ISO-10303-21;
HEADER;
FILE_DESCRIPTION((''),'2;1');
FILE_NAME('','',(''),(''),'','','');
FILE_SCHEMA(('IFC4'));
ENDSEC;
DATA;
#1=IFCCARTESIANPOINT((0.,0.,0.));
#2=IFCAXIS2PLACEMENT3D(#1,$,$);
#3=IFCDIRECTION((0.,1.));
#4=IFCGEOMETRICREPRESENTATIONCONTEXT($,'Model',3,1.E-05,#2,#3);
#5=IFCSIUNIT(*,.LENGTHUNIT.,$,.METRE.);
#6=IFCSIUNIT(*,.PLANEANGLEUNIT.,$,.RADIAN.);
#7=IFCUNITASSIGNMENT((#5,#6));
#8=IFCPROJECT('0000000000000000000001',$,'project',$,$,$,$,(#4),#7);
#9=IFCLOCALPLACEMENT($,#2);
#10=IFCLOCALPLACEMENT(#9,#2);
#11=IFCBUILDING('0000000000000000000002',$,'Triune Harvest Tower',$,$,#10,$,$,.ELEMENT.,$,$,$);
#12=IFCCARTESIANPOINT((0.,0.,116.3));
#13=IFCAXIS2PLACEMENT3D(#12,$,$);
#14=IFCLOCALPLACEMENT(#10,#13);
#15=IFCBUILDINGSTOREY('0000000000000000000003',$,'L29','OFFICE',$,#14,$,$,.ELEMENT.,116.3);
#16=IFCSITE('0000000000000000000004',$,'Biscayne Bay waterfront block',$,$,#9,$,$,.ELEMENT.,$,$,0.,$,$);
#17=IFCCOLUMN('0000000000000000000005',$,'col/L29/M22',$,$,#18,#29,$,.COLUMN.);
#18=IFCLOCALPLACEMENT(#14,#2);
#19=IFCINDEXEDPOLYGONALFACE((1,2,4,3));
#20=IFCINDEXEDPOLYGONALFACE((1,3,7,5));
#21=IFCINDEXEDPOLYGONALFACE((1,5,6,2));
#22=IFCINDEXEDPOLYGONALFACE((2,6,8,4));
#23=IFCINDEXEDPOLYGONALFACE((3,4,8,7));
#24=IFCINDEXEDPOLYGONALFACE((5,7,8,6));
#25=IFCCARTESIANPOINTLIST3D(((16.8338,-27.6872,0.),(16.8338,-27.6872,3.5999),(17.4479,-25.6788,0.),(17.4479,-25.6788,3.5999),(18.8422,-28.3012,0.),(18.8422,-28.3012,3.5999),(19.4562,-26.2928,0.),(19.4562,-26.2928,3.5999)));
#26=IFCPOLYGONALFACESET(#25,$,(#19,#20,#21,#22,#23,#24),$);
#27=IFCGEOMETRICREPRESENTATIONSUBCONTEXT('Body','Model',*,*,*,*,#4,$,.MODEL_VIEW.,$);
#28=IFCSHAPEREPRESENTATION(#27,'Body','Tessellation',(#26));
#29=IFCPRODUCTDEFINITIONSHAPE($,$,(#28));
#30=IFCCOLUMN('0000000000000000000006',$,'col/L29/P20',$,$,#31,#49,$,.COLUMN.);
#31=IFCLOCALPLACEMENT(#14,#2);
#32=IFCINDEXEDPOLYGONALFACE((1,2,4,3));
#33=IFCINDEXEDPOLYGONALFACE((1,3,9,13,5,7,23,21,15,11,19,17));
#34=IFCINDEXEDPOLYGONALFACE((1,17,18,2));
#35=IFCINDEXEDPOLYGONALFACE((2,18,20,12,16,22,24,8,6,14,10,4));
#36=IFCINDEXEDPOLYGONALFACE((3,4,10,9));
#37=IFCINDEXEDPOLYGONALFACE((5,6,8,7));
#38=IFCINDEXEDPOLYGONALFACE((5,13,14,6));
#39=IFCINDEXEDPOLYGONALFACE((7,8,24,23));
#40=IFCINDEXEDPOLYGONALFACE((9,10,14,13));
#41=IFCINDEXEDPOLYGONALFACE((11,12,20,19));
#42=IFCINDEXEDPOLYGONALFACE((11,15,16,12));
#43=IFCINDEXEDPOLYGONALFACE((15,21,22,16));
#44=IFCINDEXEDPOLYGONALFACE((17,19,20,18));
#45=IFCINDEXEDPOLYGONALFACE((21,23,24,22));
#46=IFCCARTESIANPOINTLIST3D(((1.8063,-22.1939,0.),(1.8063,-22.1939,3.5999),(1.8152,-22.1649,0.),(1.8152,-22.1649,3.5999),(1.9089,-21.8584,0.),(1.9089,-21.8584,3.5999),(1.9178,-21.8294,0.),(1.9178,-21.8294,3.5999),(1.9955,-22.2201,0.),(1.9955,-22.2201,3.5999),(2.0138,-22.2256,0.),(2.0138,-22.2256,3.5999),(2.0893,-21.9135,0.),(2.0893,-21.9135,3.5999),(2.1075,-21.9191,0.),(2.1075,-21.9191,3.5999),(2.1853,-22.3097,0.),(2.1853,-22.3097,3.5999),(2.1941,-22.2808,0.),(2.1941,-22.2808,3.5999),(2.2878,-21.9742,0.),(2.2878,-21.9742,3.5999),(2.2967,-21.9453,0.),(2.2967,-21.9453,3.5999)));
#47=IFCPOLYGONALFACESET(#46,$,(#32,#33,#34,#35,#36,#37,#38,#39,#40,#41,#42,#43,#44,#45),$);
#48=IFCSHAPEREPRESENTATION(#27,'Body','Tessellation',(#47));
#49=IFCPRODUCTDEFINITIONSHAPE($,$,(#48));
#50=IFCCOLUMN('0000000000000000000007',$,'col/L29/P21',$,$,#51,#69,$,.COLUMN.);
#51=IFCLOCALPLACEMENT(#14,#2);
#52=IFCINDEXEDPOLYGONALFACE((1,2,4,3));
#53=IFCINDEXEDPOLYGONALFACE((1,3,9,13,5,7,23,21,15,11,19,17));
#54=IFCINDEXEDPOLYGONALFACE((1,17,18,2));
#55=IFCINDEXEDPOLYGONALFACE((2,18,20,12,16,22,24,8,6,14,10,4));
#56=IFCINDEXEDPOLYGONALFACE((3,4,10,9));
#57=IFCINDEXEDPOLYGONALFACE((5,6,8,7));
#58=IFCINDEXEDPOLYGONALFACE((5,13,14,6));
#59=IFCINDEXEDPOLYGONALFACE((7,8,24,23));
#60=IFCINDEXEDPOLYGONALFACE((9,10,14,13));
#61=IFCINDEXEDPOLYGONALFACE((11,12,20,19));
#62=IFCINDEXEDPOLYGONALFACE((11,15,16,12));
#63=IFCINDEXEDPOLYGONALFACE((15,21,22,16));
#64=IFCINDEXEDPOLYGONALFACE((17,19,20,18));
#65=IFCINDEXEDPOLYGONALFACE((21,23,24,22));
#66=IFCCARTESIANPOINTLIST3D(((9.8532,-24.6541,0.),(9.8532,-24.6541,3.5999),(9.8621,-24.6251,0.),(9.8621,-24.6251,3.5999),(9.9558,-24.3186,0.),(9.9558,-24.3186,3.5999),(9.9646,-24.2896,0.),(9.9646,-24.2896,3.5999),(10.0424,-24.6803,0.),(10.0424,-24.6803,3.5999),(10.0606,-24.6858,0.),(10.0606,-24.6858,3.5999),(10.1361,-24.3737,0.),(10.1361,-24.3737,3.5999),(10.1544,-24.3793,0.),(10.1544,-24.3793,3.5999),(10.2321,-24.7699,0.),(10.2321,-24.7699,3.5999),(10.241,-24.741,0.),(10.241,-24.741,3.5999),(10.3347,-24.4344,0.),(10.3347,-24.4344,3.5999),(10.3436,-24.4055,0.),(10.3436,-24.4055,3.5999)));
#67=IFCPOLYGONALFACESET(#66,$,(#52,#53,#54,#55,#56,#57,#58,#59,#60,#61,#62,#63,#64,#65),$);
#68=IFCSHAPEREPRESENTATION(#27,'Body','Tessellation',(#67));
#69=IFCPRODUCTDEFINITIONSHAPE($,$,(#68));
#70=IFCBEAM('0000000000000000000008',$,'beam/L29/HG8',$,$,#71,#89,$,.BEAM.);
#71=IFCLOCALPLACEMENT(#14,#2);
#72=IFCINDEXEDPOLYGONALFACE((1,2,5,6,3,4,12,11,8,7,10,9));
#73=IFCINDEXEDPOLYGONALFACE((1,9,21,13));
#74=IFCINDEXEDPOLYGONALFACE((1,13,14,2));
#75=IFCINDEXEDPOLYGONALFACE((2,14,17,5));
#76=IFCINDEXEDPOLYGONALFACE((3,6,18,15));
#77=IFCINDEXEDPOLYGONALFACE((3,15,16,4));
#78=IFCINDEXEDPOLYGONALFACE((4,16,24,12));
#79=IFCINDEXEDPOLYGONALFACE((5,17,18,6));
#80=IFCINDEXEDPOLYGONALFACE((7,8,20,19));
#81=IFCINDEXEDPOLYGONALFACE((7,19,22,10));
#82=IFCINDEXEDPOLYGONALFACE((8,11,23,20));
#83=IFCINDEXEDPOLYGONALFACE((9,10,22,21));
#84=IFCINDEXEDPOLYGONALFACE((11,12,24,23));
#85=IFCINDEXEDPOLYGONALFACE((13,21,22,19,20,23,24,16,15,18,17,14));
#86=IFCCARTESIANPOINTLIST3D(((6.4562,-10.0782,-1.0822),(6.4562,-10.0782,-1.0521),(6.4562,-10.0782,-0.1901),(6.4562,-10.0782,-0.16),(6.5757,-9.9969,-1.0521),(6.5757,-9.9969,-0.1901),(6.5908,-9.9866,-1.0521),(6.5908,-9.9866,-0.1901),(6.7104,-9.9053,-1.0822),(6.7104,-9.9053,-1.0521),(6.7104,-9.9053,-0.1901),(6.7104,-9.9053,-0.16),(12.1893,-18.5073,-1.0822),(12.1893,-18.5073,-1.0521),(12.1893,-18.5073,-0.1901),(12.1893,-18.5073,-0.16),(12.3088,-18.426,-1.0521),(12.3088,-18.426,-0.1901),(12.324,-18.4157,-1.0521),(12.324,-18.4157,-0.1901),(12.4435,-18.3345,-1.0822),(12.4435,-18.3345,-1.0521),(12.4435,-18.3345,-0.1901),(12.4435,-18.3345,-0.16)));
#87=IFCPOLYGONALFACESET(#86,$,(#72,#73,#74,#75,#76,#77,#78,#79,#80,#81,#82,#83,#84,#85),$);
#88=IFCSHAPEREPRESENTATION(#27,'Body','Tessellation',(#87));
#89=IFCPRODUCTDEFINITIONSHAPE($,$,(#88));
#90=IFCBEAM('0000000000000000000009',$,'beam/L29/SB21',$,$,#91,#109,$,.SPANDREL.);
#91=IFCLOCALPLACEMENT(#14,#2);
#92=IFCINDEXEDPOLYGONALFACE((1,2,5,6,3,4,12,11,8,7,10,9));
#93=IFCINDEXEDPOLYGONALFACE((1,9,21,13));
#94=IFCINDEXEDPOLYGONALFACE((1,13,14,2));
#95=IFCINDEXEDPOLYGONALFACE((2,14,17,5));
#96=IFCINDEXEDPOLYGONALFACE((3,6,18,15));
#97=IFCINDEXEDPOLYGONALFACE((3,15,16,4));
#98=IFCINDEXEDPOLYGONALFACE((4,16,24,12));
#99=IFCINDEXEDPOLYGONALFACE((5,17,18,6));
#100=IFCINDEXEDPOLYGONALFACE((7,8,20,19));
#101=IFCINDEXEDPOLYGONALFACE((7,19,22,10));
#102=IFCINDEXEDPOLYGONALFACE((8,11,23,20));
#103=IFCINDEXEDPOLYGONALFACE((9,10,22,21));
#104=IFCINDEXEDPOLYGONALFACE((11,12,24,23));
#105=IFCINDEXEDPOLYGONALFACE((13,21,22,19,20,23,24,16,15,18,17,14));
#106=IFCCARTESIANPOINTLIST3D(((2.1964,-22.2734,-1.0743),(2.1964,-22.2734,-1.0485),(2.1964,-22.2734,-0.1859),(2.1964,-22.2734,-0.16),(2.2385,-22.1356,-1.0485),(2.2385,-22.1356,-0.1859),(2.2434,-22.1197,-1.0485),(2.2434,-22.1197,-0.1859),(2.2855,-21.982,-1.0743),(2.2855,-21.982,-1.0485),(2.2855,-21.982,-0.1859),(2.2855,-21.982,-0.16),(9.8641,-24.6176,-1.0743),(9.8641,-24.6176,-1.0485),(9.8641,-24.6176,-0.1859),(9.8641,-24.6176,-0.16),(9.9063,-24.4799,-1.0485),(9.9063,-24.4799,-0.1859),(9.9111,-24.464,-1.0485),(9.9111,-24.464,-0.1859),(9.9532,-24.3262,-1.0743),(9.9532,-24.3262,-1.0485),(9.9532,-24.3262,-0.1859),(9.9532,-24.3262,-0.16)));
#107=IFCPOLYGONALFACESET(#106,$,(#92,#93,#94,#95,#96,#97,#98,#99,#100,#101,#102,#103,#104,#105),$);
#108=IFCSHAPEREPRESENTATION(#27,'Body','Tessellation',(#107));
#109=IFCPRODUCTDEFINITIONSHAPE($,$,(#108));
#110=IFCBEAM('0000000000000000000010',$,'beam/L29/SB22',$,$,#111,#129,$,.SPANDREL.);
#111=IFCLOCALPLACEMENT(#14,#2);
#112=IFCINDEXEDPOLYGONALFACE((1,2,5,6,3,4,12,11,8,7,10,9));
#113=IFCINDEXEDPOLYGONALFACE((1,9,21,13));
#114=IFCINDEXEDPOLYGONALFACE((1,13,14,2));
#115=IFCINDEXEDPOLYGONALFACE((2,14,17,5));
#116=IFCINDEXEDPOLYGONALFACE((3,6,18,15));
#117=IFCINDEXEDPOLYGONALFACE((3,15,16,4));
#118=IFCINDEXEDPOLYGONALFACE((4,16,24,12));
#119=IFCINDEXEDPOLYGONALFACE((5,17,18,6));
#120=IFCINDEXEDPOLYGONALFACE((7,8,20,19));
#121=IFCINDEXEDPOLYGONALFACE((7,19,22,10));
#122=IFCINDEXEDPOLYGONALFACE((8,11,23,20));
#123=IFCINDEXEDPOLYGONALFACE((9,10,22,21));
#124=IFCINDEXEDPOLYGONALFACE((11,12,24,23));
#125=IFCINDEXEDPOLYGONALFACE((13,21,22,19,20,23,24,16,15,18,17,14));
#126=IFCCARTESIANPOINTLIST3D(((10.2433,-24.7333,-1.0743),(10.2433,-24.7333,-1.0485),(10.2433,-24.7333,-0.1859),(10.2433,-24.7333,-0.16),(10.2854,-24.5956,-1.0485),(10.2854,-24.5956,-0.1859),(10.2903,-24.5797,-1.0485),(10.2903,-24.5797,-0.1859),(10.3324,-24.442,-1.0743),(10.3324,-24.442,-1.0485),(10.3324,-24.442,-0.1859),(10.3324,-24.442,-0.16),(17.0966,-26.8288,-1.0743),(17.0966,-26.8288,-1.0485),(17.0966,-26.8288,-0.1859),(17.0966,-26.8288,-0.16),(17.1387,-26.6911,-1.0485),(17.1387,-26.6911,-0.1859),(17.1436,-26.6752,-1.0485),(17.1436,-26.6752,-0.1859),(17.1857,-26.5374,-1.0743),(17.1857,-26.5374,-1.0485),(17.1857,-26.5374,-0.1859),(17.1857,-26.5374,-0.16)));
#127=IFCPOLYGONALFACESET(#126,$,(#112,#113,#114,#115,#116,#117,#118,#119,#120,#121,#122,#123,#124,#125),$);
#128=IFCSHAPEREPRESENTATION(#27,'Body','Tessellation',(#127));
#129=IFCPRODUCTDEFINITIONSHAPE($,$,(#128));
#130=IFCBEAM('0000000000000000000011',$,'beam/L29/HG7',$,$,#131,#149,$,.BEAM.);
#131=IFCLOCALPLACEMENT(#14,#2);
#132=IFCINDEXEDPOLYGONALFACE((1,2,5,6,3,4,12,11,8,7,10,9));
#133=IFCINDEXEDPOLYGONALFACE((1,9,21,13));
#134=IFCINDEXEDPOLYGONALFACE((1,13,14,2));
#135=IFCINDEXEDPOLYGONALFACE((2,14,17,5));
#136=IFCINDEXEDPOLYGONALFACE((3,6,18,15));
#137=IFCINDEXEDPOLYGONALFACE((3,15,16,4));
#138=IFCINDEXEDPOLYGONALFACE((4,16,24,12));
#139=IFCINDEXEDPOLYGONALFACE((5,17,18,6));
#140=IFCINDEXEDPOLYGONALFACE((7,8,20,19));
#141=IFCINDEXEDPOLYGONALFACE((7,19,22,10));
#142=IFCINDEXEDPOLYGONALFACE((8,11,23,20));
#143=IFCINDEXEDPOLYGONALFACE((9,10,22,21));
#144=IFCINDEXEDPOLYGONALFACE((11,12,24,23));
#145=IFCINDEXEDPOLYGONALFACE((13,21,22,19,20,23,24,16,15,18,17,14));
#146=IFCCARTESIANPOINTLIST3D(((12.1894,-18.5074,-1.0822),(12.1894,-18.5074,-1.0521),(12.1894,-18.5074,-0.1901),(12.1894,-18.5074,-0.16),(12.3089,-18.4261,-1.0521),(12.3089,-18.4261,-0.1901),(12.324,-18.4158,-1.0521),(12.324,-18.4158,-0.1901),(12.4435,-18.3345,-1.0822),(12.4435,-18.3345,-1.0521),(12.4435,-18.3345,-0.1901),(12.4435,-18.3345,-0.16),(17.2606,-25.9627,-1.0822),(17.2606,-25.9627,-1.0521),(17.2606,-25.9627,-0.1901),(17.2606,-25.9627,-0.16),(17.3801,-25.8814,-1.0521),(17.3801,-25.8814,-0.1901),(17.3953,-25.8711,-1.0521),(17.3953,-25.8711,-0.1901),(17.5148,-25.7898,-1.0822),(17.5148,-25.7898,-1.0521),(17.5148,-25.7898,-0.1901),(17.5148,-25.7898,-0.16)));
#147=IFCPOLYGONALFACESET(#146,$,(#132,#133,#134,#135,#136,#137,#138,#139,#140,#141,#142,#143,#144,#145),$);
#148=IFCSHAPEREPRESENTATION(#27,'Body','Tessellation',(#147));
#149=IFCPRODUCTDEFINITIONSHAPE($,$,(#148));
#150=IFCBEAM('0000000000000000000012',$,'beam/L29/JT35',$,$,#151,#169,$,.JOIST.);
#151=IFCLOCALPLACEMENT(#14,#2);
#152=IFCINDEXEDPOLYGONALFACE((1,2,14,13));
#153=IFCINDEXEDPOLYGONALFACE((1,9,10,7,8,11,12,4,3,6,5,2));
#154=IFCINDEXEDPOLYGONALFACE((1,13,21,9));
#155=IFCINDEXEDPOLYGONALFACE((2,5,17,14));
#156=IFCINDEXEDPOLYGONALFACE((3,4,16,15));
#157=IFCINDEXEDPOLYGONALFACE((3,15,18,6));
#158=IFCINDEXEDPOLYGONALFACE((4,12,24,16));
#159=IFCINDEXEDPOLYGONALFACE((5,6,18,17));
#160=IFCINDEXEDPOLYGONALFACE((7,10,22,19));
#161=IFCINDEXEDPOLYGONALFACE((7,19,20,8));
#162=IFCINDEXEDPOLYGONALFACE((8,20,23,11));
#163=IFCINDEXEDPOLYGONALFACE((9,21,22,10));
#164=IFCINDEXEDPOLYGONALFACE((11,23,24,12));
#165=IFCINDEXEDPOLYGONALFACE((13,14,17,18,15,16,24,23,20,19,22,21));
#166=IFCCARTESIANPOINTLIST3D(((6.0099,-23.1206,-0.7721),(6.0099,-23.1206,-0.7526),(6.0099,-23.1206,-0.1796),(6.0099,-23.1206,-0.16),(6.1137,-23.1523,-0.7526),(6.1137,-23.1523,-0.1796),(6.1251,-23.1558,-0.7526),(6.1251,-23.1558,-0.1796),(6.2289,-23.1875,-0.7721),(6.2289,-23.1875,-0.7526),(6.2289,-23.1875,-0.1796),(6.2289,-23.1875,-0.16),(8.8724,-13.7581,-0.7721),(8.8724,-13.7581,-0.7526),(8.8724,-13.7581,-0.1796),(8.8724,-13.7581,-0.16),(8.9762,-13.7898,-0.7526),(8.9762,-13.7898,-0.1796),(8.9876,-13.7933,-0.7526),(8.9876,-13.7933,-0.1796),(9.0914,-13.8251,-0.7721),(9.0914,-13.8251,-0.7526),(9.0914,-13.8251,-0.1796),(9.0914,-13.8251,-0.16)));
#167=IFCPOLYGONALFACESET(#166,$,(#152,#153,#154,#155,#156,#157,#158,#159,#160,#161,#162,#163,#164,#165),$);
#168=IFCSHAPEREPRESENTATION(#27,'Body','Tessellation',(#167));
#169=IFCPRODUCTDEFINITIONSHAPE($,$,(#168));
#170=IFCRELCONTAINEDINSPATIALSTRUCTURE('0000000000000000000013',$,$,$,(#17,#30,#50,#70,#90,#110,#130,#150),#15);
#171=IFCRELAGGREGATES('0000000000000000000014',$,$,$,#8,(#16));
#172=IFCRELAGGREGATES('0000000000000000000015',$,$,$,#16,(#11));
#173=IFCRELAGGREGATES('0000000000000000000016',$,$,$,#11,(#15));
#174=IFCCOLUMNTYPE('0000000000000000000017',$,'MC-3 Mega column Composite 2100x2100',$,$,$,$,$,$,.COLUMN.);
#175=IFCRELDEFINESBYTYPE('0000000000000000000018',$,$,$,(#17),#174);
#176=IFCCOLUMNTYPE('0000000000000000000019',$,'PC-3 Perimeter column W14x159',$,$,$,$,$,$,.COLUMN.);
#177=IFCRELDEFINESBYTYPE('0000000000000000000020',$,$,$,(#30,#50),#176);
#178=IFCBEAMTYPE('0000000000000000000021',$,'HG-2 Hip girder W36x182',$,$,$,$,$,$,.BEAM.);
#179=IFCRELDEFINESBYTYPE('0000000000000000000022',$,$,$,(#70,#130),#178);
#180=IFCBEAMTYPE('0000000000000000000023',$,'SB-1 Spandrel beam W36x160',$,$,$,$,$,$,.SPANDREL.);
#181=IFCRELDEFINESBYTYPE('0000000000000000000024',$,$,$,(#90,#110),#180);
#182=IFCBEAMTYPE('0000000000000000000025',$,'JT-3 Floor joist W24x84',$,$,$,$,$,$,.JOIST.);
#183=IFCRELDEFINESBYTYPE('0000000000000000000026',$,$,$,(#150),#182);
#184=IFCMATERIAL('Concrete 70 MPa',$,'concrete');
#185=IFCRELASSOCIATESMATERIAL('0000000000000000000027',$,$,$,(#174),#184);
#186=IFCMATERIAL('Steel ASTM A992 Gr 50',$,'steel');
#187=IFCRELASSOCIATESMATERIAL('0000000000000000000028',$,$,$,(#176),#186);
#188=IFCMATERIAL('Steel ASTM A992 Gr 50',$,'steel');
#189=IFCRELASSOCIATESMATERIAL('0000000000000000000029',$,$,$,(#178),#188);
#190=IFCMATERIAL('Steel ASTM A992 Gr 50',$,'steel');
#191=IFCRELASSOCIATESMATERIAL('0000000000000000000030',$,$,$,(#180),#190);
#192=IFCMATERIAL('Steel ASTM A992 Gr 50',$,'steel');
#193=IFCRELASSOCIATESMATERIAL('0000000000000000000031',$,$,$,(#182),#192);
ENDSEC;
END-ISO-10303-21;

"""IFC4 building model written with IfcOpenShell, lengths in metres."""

from ifc_helpers import new_model, si_unit, direction, frame, origin, origin_2d, place, context, subcontext, project, spatial, rectangle, i_section, extrude, source, transform, mapped, material, material_profile, profile_set, type_object, element, save


model = new_model("IFC4")

# Units and contexts
model_context = context("Model", 3, precision=1e-05, world=origin(), true_north=direction((0.0, 1.0)))
body_context = subcontext(model_context, "Body", "Model", "MODEL_VIEW")
ifc_project = project(units=[si_unit("LENGTHUNIT", "METRE"), si_unit("PLANEANGLEUNIT", "RADIAN")], contexts=[model_context])

# Site, building, storey
site_placement = place(None, origin())
site = spatial("IfcSite", under=ifc_project, at=site_placement, Name="Biscayne Bay waterfront block", CompositionType="ELEMENT", RefElevation=0.0)
building_placement = place(site_placement, origin())
building = spatial("IfcBuilding", under=site, at=building_placement, Name="Triune Harvest Tower", CompositionType="ELEMENT")
storey_placement = place(building_placement, frame((0.0, 0.0, 116.3)))
storey = spatial("IfcBuildingStorey", under=building, at=storey_placement, Name="L29", Description="OFFICE", CompositionType="ELEMENT", Elevation=116.3)

# Columns
ifc_material_1 = material(Name="Concrete 70 MPa", Category="concrete")
ifc_material_profile_1 = material_profile(ifc_material_1, rectangle(XDim=2.1001, YDim=2.1001, at=origin_2d()), Name="Composite 2100x2100")
ifc_profile_set_1 = profile_set([ifc_material_profile_1], Name="Concrete 70 MPa")
column_type_1 = type_object("IfcColumnType", Name="MC-3 Mega column Composite 2100x2100", PredefinedType="COLUMN", material=ifc_profile_set_1)
shared_shape_1 = source(origin(), body_context, "Body", "SweptSolid", [
    extrude(rectangle(XDim=2.1001, YDim=2.1001, at=origin_2d()), origin(), (0.0, 0.0, 1.0), 3.5999),
])
column_placement = place(storey_placement, frame((18.145, -26.99, 0.0), z_axis=(0.0, 0.0, 1.0), x_axis=(0.956305, -0.292372, 0.0)))
element("IfcColumn", 1, at=column_placement, inside=storey, type_object=column_type_1, Name="col/L29/M22", PredefinedType="COLUMN", context=body_context, shape_type="MappedRepresentation", body=[
    mapped(shared_shape_1, transform((0.0, 0.0, 0.0), scale=1.0)),
])
ifc_material_2 = material(Name="Steel ASTM A992 Gr 50", Category="steel")
ifc_material_profile_2 = material_profile(ifc_material_2, i_section(OverallWidth=0.3962, OverallDepth=0.3811, WebThickness=0.019, FlangeThickness=0.0303, at=origin_2d()), Name="W14x159")
ifc_profile_set_2 = profile_set([ifc_material_profile_2], Name="Steel ASTM A992 Gr 50")
column_type_2 = type_object("IfcColumnType", Name="PC-3 Perimeter column W14x159", PredefinedType="COLUMN", material=ifc_profile_set_2)
shared_shape_2 = source(origin(), body_context, "Body", "SweptSolid", [
    extrude(i_section(OverallWidth=0.3962, OverallDepth=0.3811, WebThickness=0.019, FlangeThickness=0.0303, at=origin_2d()), origin(), (0.0, 0.0, 1.0), 3.5999),
])
for number, where, z_axis, x_axis, name in (
    (2, (2.0515, -22.0696, 0.0), (0.0, 0.0, 1.0), (0.956305, -0.292372, 0.0), "col/L29/P20"),
    (3, (10.0984, -24.5298, 0.0), (0.0, 0.0, 1.0), (0.956305, -0.292372, 0.0), "col/L29/P21"),
):
    element("IfcColumn", number, at=place(storey_placement, frame(where, z_axis=z_axis, x_axis=x_axis)), inside=storey, type_object=column_type_2, Name=name, PredefinedType="COLUMN", context=body_context, shape_type="MappedRepresentation", body=[
        mapped(shared_shape_2, transform((0.0, 0.0, 0.0), scale=1.0)),
    ])

# Beams
ifc_material_3 = material(Name="Steel ASTM A992 Gr 50", Category="steel")
ifc_material_profile_3 = material_profile(ifc_material_3, i_section(OverallWidth=0.3074, OverallDepth=0.9221, WebThickness=0.0183, FlangeThickness=0.03, at=origin_2d()), Name="W36x182")
ifc_profile_set_3 = profile_set([ifc_material_profile_3], Name="Steel ASTM A992 Gr 50")
beam_type_1 = type_object("IfcBeamType", Name="HG-2 Hip girder W36x182", PredefinedType="BEAM", material=ifc_profile_set_3)
shared_shape_3 = source(origin(), body_context, "Body", "SweptSolid", [
    extrude(i_section(OverallWidth=0.3074, OverallDepth=0.9221, WebThickness=0.0183, FlangeThickness=0.03, at=origin_2d()), origin(), (0.0, 0.0, 1.0), 10.1941),
])
beam_1_placement = place(storey_placement, frame((12.3164, -18.4209, -0.6211), z_axis=(-0.562397, 0.826867, 0.0), x_axis=(-0.826867, -0.562397, 0.0)))
element("IfcBeam", 4, at=beam_1_placement, inside=storey, type_object=beam_type_1, Name="beam/L29/HG8", PredefinedType="BEAM", context=body_context, shape_type="MappedRepresentation", body=[
    mapped(shared_shape_3, transform((0.0, 0.0, 0.0), scale=1.0)),
])
ifc_material_4 = material(Name="Steel ASTM A992 Gr 50", Category="steel")
ifc_material_profile_4 = material_profile(ifc_material_4, i_section(OverallWidth=0.3047, OverallDepth=0.9143, WebThickness=0.0166, FlangeThickness=0.0259, at=origin_2d()), Name="W36x160")
ifc_profile_set_4 = profile_set([ifc_material_profile_4], Name="Steel ASTM A992 Gr 50")
beam_type_2 = type_object("IfcBeamType", Name="SB-1 Spandrel beam W36x160", PredefinedType="SPANDREL", material=ifc_profile_set_4)
shared_shape_4 = source(origin(), body_context, "Body", "SweptSolid", [
    extrude(i_section(OverallWidth=0.3047, OverallDepth=0.9143, WebThickness=0.0166, FlangeThickness=0.0259, at=origin_2d()), origin(), (0.0, 0.0, 1.0), 8.0181),
])
beam_2_placement = place(storey_placement, frame((2.241, -22.1277, -0.6172), z_axis=(0.956305, -0.292369, 0.0), x_axis=(0.292369, 0.956305, 0.0)))
element("IfcBeam", 5, at=beam_2_placement, inside=storey, type_object=beam_type_2, Name="beam/L29/SB21", PredefinedType="SPANDREL", context=body_context, shape_type="MappedRepresentation", body=[
    mapped(shared_shape_4, transform((0.0, 0.0, 0.0), scale=1.0)),
])
shared_shape_5 = source(origin(), body_context, "Body", "SweptSolid", [
    extrude(i_section(OverallWidth=0.3047, OverallDepth=0.9143, WebThickness=0.0166, FlangeThickness=0.0259, at=origin_2d()), origin(), (0.0, 0.0, 1.0), 7.1665),
])
beam_3_placement = place(storey_placement, frame((10.2878, -24.5876, -0.6172), z_axis=(0.956297, -0.292398, 0.0), x_axis=(0.292398, 0.956297, 0.0)))
element("IfcBeam", 6, at=beam_3_placement, inside=storey, type_object=beam_type_2, Name="beam/L29/SB22", PredefinedType="SPANDREL", context=body_context, shape_type="MappedRepresentation", body=[
    mapped(shared_shape_5, transform((0.0, 0.0, 0.0), scale=1.0)),
])
shared_shape_6 = source(origin(), body_context, "Body", "SweptSolid", [
    extrude(i_section(OverallWidth=0.3074, OverallDepth=0.9221, WebThickness=0.0183, FlangeThickness=0.03, at=origin_2d()), origin(), (0.0, 0.0, 1.0), 9.0166),
])
beam_4_placement = place(storey_placement, frame((17.3877, -25.8762, -0.6211), z_axis=(-0.562437, 0.82684, 0.0), x_axis=(-0.82684, -0.562437, 0.0)))
element("IfcBeam", 7, at=beam_4_placement, inside=storey, type_object=beam_type_1, Name="beam/L29/HG7", PredefinedType="BEAM", context=body_context, shape_type="MappedRepresentation", body=[
    mapped(shared_shape_6, transform((0.0, 0.0, 0.0), scale=1.0)),
])
ifc_material_5 = material(Name="Steel ASTM A992 Gr 50", Category="steel")
ifc_material_profile_5 = material_profile(ifc_material_5, i_section(OverallWidth=0.229, OverallDepth=0.6121, WebThickness=0.012, FlangeThickness=0.0195, at=origin_2d()), Name="W24x84")
ifc_profile_set_5 = profile_set([ifc_material_profile_5], Name="Steel ASTM A992 Gr 50")
beam_type_3 = type_object("IfcBeamType", Name="JT-3 Floor joist W24x84", PredefinedType="JOIST", material=ifc_profile_set_5)
shared_shape_7 = source(origin(), body_context, "Body", "SweptSolid", [
    extrude(i_section(OverallWidth=0.229, OverallDepth=0.6121, WebThickness=0.012, FlangeThickness=0.0195, at=origin_2d()), origin(), (0.0, 0.0, 1.0), 9.7903),
])
beam_5_placement = place(storey_placement, frame((6.1194, -23.1541, -0.4661), z_axis=(0.292384, 0.956301, 0.0), x_axis=(-0.956301, 0.292384, 0.0)))
element("IfcBeam", 8, at=beam_5_placement, inside=storey, type_object=beam_type_3, Name="beam/L29/JT35", PredefinedType="JOIST", context=body_context, shape_type="MappedRepresentation", body=[
    mapped(shared_shape_7, transform((0.0, 0.0, 0.0), scale=1.0)),
])

save(model, "model.ifc")
